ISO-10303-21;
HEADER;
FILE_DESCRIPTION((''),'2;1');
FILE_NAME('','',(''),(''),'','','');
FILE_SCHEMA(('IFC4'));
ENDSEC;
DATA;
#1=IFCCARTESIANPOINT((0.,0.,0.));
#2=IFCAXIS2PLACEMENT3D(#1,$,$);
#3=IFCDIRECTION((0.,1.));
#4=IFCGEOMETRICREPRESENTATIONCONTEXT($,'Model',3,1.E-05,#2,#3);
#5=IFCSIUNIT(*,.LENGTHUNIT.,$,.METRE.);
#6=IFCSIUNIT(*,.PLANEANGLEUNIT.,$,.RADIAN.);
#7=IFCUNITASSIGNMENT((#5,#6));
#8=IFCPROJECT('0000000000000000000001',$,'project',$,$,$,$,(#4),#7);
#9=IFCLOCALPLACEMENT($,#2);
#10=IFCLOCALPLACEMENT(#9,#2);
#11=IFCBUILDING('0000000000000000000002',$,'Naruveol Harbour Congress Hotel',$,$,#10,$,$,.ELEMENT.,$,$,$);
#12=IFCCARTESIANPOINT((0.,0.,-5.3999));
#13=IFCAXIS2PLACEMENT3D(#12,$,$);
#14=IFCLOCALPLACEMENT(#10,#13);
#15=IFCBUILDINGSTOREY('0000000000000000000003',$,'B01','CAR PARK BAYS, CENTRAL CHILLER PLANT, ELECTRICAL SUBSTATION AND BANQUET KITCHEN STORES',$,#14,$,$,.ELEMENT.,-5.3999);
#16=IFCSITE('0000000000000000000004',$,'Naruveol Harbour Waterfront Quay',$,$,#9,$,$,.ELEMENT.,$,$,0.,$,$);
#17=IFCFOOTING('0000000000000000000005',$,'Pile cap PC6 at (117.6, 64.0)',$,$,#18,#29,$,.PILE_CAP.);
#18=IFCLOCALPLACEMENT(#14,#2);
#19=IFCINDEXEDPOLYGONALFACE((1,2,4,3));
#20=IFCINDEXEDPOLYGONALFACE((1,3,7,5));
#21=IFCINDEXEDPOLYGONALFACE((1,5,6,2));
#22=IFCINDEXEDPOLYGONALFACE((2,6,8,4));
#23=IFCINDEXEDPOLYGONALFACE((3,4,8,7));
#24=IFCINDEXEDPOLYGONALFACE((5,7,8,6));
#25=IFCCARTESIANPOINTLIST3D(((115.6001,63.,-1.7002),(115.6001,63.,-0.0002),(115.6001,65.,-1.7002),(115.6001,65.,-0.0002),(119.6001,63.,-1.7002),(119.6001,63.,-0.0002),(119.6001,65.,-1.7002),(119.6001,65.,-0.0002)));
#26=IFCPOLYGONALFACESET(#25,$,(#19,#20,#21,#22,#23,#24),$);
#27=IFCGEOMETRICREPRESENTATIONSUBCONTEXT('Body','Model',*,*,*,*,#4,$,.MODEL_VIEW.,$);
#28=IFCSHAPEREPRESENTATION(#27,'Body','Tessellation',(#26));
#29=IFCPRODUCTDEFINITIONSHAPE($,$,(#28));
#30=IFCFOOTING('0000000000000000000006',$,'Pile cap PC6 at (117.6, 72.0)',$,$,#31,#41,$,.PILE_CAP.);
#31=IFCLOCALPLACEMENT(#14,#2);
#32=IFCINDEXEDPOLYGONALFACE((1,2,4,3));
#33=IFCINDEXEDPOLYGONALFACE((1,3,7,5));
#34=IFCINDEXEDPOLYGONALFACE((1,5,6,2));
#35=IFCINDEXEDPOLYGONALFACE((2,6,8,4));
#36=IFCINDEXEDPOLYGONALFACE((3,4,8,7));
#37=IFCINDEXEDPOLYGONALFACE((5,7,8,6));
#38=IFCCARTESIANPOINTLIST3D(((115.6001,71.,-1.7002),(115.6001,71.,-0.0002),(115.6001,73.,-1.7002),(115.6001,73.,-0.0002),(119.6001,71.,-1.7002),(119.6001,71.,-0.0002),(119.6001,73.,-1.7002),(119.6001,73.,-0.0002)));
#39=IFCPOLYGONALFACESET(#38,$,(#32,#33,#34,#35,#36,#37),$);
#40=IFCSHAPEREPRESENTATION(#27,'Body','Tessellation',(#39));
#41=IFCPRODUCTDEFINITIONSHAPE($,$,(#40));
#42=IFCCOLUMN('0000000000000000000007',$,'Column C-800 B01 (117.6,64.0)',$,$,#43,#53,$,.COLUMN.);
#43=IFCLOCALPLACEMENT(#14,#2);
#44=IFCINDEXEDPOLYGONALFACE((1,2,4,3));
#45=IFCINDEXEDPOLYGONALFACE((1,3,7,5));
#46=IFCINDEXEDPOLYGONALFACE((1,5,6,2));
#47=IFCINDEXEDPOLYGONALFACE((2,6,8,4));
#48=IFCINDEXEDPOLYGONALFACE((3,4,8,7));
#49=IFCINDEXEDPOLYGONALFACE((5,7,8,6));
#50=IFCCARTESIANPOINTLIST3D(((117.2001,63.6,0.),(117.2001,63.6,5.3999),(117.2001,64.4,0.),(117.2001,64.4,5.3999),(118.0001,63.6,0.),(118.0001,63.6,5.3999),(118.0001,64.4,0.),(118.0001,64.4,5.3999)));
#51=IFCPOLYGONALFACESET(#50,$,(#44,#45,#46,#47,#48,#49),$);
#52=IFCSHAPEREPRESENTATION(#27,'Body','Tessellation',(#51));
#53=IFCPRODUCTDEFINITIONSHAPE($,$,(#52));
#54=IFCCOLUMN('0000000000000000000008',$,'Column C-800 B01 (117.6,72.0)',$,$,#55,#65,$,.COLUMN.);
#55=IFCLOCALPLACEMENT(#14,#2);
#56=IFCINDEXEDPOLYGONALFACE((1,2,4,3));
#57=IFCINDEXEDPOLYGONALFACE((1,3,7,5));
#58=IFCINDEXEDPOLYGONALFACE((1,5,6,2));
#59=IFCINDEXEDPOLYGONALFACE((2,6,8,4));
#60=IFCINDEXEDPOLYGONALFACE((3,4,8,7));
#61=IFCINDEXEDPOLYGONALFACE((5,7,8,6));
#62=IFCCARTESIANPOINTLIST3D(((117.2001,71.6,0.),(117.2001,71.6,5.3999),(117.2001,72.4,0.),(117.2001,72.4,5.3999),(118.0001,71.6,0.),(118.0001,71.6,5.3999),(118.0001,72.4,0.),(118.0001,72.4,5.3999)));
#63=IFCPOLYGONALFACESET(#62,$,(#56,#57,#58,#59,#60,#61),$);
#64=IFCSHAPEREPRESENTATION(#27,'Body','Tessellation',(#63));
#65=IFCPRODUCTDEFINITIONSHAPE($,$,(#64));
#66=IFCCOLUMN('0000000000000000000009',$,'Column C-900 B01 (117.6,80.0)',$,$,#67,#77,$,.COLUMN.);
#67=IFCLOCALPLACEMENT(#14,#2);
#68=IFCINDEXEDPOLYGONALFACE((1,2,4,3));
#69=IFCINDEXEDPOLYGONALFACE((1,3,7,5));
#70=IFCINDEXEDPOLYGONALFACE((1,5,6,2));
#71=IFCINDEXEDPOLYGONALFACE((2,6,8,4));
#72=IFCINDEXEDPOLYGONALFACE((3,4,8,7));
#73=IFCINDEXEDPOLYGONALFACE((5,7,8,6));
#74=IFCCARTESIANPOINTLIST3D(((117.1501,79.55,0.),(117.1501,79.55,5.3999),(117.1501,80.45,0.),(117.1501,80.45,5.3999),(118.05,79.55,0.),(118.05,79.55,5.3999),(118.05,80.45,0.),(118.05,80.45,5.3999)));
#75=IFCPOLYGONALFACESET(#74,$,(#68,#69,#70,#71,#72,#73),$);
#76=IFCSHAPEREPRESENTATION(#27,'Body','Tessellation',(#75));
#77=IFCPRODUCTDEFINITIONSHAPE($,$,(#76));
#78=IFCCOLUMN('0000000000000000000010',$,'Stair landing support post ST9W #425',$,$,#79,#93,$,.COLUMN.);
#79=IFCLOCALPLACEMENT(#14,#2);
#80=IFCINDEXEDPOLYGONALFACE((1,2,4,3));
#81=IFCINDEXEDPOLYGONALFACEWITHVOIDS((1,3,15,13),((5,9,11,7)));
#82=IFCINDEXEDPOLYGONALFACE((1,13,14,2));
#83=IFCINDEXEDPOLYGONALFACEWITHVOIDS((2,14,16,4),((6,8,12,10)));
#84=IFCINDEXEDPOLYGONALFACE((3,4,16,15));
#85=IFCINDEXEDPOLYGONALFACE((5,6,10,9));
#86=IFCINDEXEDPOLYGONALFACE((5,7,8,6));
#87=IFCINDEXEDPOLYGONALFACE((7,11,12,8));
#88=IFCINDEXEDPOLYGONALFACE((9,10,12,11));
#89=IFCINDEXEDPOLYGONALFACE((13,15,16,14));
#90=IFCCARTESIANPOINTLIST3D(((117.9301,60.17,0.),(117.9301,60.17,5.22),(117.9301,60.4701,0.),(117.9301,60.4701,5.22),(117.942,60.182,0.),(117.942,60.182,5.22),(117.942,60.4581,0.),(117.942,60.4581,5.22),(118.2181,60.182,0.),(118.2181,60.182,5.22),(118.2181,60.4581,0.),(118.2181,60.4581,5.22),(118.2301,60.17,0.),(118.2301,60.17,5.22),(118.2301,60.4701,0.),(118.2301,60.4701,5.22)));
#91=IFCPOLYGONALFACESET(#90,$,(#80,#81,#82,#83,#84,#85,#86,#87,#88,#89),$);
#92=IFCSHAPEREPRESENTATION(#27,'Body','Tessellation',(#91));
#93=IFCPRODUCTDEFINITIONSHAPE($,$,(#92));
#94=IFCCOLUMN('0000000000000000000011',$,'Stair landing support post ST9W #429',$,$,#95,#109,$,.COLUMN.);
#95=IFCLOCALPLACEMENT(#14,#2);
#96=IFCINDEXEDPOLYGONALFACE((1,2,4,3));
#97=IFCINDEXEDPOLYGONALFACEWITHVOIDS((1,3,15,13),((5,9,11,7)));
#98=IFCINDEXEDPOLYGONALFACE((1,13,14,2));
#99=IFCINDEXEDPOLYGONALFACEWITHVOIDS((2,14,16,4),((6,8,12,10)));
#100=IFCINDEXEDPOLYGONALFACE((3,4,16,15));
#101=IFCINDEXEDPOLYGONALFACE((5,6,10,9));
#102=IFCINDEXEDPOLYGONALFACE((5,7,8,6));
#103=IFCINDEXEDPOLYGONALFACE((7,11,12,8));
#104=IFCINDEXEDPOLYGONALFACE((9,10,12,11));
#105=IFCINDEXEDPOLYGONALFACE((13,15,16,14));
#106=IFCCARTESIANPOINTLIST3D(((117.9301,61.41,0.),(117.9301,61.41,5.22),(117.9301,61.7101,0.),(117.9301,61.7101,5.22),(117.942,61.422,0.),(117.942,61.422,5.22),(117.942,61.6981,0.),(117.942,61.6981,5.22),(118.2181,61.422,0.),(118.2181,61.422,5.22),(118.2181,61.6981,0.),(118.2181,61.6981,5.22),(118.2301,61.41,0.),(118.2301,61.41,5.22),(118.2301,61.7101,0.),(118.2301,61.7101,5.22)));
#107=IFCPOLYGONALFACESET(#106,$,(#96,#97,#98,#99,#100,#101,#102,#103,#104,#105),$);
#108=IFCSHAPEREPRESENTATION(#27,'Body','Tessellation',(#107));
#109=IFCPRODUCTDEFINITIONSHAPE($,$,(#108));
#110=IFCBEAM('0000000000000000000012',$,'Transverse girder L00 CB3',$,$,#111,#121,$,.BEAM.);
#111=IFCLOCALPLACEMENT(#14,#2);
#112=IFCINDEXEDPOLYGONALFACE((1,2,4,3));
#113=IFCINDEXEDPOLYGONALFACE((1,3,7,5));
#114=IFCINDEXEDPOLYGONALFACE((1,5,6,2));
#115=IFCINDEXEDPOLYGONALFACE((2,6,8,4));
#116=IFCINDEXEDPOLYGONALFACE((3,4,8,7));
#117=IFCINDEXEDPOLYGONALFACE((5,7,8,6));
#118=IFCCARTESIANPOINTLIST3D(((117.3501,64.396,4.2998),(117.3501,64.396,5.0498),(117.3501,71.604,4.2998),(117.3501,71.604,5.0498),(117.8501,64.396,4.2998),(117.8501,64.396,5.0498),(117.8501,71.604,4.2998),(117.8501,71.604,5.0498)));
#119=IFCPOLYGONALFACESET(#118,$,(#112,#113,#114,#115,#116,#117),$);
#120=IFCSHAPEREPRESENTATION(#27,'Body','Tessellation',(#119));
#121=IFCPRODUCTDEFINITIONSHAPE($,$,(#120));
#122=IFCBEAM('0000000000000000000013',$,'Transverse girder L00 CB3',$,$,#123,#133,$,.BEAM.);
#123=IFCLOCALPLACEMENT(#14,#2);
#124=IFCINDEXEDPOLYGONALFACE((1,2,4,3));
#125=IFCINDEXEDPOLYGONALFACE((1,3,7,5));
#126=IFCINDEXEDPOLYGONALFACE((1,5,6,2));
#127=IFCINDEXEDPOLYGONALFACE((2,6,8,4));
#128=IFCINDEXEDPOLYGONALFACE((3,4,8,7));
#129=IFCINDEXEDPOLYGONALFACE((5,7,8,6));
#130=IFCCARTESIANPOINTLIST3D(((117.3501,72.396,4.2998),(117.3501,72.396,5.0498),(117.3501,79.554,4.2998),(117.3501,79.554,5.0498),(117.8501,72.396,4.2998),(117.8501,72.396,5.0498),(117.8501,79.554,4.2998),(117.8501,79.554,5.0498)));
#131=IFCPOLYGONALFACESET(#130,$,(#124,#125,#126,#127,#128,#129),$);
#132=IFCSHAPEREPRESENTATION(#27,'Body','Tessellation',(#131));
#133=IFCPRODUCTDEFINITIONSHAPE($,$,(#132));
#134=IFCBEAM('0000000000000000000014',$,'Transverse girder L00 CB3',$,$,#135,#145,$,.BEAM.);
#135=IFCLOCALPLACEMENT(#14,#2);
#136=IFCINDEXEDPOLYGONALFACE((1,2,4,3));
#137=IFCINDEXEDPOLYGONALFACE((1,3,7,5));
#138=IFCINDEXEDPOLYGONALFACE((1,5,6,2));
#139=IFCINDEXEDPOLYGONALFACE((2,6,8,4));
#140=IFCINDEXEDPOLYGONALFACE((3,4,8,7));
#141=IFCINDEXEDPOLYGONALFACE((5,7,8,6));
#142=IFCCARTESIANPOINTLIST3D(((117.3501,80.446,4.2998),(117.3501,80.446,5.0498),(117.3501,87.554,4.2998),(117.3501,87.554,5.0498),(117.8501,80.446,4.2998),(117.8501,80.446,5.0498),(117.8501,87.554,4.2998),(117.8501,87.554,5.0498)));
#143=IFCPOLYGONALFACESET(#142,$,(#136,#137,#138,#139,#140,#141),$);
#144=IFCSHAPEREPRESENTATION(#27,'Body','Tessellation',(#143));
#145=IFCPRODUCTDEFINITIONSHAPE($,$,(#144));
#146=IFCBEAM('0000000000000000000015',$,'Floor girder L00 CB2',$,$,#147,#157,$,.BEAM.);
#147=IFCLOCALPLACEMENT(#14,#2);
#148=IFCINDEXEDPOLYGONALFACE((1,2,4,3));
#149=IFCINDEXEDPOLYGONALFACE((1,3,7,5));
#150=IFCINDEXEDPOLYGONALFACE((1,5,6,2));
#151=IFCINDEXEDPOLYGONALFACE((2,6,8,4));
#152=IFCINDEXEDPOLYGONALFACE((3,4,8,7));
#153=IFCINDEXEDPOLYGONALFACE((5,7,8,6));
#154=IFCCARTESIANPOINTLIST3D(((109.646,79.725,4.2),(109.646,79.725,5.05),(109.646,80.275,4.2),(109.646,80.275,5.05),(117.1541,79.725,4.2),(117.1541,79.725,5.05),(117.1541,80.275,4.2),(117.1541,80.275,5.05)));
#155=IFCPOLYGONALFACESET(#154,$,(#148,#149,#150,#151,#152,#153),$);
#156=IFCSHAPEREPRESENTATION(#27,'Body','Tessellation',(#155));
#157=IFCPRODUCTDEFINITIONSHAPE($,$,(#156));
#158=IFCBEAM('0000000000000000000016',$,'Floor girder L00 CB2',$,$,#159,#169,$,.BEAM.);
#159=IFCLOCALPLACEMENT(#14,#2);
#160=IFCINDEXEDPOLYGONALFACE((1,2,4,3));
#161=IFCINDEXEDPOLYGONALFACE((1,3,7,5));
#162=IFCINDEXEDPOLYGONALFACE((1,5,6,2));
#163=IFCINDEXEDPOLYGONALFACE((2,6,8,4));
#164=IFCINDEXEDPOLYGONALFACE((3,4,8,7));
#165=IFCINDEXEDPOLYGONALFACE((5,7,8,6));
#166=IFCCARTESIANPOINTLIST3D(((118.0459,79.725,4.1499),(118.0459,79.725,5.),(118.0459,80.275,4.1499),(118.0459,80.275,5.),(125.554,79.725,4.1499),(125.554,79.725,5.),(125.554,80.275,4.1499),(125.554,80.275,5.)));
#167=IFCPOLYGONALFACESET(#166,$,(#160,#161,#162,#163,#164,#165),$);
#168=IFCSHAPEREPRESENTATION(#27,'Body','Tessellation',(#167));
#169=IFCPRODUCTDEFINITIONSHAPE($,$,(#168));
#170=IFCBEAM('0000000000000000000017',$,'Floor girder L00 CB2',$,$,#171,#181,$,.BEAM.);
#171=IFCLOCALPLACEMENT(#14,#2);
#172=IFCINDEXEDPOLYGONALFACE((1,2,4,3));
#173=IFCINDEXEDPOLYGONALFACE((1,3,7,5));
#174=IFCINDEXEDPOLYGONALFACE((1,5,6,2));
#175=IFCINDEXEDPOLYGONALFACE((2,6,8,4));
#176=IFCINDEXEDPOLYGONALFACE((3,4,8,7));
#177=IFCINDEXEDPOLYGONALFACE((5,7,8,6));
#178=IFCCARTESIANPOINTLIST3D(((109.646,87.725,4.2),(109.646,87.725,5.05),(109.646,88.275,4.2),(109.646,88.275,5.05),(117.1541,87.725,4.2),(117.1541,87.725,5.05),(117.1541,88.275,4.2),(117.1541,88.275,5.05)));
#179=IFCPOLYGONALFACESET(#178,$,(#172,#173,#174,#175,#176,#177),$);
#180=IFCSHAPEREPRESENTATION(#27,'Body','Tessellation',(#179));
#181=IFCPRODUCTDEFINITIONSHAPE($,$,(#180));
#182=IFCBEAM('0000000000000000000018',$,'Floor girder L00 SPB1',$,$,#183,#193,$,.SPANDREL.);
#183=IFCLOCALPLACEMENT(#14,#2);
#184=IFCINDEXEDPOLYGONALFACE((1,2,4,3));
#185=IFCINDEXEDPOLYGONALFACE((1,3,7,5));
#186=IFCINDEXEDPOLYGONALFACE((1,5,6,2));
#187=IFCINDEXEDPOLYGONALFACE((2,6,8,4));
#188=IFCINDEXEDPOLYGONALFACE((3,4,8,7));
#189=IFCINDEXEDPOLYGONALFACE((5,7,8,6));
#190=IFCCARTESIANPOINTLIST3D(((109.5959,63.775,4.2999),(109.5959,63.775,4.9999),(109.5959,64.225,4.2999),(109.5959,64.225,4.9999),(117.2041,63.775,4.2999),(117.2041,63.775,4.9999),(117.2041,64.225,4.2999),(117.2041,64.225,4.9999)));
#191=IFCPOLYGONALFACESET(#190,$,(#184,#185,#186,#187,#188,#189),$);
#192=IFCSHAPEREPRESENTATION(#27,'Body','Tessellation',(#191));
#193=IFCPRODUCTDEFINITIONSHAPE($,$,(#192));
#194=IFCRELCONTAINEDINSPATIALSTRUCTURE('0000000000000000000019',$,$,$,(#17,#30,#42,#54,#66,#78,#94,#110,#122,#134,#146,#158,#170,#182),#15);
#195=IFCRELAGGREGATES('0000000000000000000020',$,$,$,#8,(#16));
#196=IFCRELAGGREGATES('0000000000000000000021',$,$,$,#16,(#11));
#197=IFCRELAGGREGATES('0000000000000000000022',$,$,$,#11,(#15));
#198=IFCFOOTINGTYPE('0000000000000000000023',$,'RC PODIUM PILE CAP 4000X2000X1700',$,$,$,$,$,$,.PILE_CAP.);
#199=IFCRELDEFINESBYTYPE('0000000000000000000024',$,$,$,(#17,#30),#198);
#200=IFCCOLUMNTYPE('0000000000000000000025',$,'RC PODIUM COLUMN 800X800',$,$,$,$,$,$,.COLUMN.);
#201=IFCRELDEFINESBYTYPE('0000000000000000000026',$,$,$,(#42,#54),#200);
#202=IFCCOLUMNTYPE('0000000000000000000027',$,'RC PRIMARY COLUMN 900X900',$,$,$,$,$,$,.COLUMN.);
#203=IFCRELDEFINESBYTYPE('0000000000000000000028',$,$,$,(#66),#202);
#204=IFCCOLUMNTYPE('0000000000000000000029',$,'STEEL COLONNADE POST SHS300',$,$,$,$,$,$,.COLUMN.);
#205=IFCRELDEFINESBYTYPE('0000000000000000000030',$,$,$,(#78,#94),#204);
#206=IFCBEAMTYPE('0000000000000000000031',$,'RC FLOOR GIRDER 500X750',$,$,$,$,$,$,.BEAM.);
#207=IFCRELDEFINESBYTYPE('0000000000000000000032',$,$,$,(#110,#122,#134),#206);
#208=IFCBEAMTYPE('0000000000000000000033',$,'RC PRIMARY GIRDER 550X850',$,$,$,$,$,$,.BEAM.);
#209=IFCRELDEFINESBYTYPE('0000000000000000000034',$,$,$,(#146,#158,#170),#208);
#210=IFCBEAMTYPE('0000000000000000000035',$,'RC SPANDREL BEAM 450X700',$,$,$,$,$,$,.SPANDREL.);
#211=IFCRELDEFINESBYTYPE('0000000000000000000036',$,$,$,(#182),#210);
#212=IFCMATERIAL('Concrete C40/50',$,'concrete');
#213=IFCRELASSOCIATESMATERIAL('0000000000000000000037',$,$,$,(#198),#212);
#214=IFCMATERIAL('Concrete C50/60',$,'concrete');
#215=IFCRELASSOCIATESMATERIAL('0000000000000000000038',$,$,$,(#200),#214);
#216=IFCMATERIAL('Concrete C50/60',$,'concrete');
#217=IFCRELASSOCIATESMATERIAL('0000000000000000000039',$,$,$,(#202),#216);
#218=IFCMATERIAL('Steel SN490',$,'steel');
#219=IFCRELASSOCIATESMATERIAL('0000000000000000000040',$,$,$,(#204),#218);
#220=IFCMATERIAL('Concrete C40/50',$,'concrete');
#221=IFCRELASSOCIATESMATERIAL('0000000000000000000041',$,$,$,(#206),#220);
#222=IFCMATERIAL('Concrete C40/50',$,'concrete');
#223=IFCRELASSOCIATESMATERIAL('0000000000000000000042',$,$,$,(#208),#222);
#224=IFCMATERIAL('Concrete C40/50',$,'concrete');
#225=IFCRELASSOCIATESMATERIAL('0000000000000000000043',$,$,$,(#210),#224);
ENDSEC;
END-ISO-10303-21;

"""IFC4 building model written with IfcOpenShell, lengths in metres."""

from ifc_helpers import new_model, si_unit, direction, frame, origin, origin_2d, place, context, subcontext, project, spatial, rectangle, hollow_rectangle, extrude, material, material_profile, profile_set, type_object, element, save


model = new_model("IFC4")

# Units and contexts
model_context = context("Model", 3, precision=1e-05, world=origin(), true_north=direction((0.0, 1.0)))
body_context = subcontext(model_context, "Body", "Model", "MODEL_VIEW")
ifc_project = project(units=[si_unit("LENGTHUNIT", "METRE"), si_unit("PLANEANGLEUNIT", "RADIAN")], contexts=[model_context])

# Site, building, storey
site_placement = place(None, origin())
site = spatial("IfcSite", under=ifc_project, at=site_placement, Name="Naruveol Harbour Waterfront Quay", CompositionType="ELEMENT", RefElevation=0.0)
building_placement = place(site_placement, origin())
building = spatial("IfcBuilding", under=site, at=building_placement, Name="Naruveol Harbour Congress Hotel", CompositionType="ELEMENT")
storey_placement = place(building_placement, frame((0.0, 0.0, -5.3999)))
storey = spatial("IfcBuildingStorey", under=building, at=storey_placement, Name="B01", Description="CAR PARK BAYS, CENTRAL CHILLER PLANT, ELECTRICAL SUBSTATION AND BANQUET KITCHEN STORES", CompositionType="ELEMENT", Elevation=-5.3999)

# Footings
ifc_material_1 = material(Name="Concrete C40/50", Category="concrete")
footing_type_1 = type_object("IfcFootingType", Name="RC PODIUM PILE CAP 4000X2000X1700", PredefinedType="PILE_CAP", material=ifc_material_1)
for number, where, z_axis, x_axis, name in (
    (1, (117.6001, 64.0, -1.7002), (0.0, 0.0, 1.0), (1.0, 0.0, 0.0), "Pile cap PC6 at (117.6, 64.0)"),
    (2, (117.6001, 72.0, -1.7002), (0.0, 0.0, 1.0), (1.0, 0.0, 0.0), "Pile cap PC6 at (117.6, 72.0)"),
):
    element("IfcFooting", number, at=place(storey_placement, frame(where, z_axis=z_axis, x_axis=x_axis)), inside=storey, type_object=footing_type_1, Name=name, PredefinedType="PILE_CAP", context=body_context, shape_type="SweptSolid", body=[
        extrude(rectangle(XDim=4.0, YDim=2.0, at=origin_2d()), origin(), (0.0, 0.0, 1.0), 1.7),
    ])

# Columns
ifc_material_2 = material(Name="Concrete C50/60", Category="concrete")
ifc_material_profile_1 = material_profile(ifc_material_2, rectangle(XDim=0.8, YDim=0.8, at=origin_2d()), Name="RC-800x800")
ifc_profile_set_1 = profile_set([ifc_material_profile_1], Name="Concrete C50/60")
column_type_1 = type_object("IfcColumnType", Name="RC PODIUM COLUMN 800X800", PredefinedType="COLUMN", material=ifc_profile_set_1)
for number, where, z_axis, x_axis, name in (
    (3, (117.6001, 64.0, 0.0), (0.0, 0.0, 1.0), (1.0, 0.0, 0.0), "Column C-800 B01 (117.6,64.0)"),
    (4, (117.6001, 72.0, 0.0), (0.0, 0.0, 1.0), (1.0, 0.0, 0.0), "Column C-800 B01 (117.6,72.0)"),
):
    element("IfcColumn", number, at=place(storey_placement, frame(where, z_axis=z_axis, x_axis=x_axis)), inside=storey, type_object=column_type_1, Name=name, PredefinedType="COLUMN", context=body_context, shape_type="SweptSolid", body=[
        extrude(rectangle(XDim=0.8, YDim=0.8, at=origin_2d()), origin(), (0.0, 0.0, 1.0), 5.3999),
    ])
ifc_material_3 = material(Name="Concrete C50/60", Category="concrete")
ifc_material_profile_2 = material_profile(ifc_material_3, rectangle(XDim=0.8999, YDim=0.8999, at=origin_2d()), Name="RC-900x900")
ifc_profile_set_2 = profile_set([ifc_material_profile_2], Name="Concrete C50/60")
column_type_2 = type_object("IfcColumnType", Name="RC PRIMARY COLUMN 900X900", PredefinedType="COLUMN", material=ifc_profile_set_2)
column_placement = place(storey_placement, frame((117.6001, 80.0, 0.0), z_axis=(0.0, 0.0, 1.0), x_axis=(1.0, 0.0, 0.0)))
element("IfcColumn", 5, at=column_placement, inside=storey, type_object=column_type_2, Name="Column C-900 B01 (117.6,80.0)", PredefinedType="COLUMN", context=body_context, shape_type="SweptSolid", body=[
    extrude(rectangle(XDim=0.8999, YDim=0.8999, at=origin_2d()), origin(), (0.0, 0.0, 1.0), 5.3999),
])
ifc_material_4 = material(Name="Steel SN490", Category="steel")
ifc_material_profile_3 = material_profile(ifc_material_4, hollow_rectangle(XDim=0.3, YDim=0.3, WallThickness=0.012, at=origin_2d()), Name="SHS-300x300x12")
ifc_profile_set_3 = profile_set([ifc_material_profile_3], Name="Steel SN490")
column_type_3 = type_object("IfcColumnType", Name="STEEL COLONNADE POST SHS300", PredefinedType="COLUMN", material=ifc_profile_set_3)
for number, where, z_axis, x_axis, name in (
    (6, (118.0801, 60.3201, 0.0), (0.0, 0.0, 1.0), (1.0, 0.0, 0.0), "Stair landing support post ST9W #425"),
    (7, (118.0801, 61.5601, 0.0), (0.0, 0.0, 1.0), (1.0, 0.0, 0.0), "Stair landing support post ST9W #429"),
):
    element("IfcColumn", number, at=place(storey_placement, frame(where, z_axis=z_axis, x_axis=x_axis)), inside=storey, type_object=column_type_3, Name=name, PredefinedType="COLUMN", context=body_context, shape_type="SweptSolid", body=[
        extrude(hollow_rectangle(XDim=0.3, YDim=0.3, WallThickness=0.012, at=origin_2d()), origin(), (0.0, 0.0, 1.0), 5.22),
    ])

# Beams
ifc_material_5 = material(Name="Concrete C40/50", Category="concrete")
ifc_material_profile_4 = material_profile(ifc_material_5, rectangle(XDim=0.5, YDim=0.75, at=origin_2d()), Name="RCB-500x750")
ifc_profile_set_4 = profile_set([ifc_material_profile_4], Name="Concrete C40/50")
beam_type_1 = type_object("IfcBeamType", Name="RC FLOOR GIRDER 500X750", PredefinedType="BEAM", material=ifc_profile_set_4)
beam_1_placement = place(storey_placement, frame((117.6001, 64.396, 4.6748), z_axis=(0.0, 1.0, 0.0), x_axis=(-1.0, 0.0, 0.0)))
element("IfcBeam", 8, at=beam_1_placement, inside=storey, type_object=beam_type_1, Name="Transverse girder L00 CB3", PredefinedType="BEAM", context=body_context, shape_type="SweptSolid", body=[
    extrude(rectangle(XDim=0.5, YDim=0.75, at=origin_2d()), origin(), (0.0, 0.0, 1.0), 7.208),
])
beam_2_placement = place(storey_placement, frame((117.6001, 72.396, 4.6748), z_axis=(0.0, 1.0, 0.0), x_axis=(-1.0, 0.0, 0.0)))
element("IfcBeam", 9, at=beam_2_placement, inside=storey, type_object=beam_type_1, Name="Transverse girder L00 CB3", PredefinedType="BEAM", context=body_context, shape_type="SweptSolid", body=[
    extrude(rectangle(XDim=0.5, YDim=0.75, at=origin_2d()), origin(), (0.0, 0.0, 1.0), 7.158),
])
beam_3_placement = place(storey_placement, frame((117.6001, 80.446, 4.6748), z_axis=(0.0, 1.0, 0.0), x_axis=(-1.0, 0.0, 0.0)))
element("IfcBeam", 10, at=beam_3_placement, inside=storey, type_object=beam_type_1, Name="Transverse girder L00 CB3", PredefinedType="BEAM", context=body_context, shape_type="SweptSolid", body=[
    extrude(rectangle(XDim=0.5, YDim=0.75, at=origin_2d()), origin(), (0.0, 0.0, 1.0), 7.1079),
])
ifc_material_6 = material(Name="Concrete C40/50", Category="concrete")
ifc_material_profile_5 = material_profile(ifc_material_6, rectangle(XDim=0.55, YDim=0.8501, at=origin_2d()), Name="RCB-550x850")
ifc_profile_set_5 = profile_set([ifc_material_profile_5], Name="Concrete C40/50")
beam_type_2 = type_object("IfcBeamType", Name="RC PRIMARY GIRDER 550X850", PredefinedType="BEAM", material=ifc_profile_set_5)
for number, where, z_axis, x_axis, name in (
    (11, (109.646, 80.0, 4.625), (1.0, 0.0, 0.0), (0.0, 1.0, 0.0), "Floor girder L00 CB2"),
    (12, (118.0459, 80.0, 4.575), (1.0, 0.0, 0.0), (0.0, 1.0, 0.0), "Floor girder L00 CB2"),
    (13, (109.646, 88.0, 4.625), (1.0, 0.0, 0.0), (0.0, 1.0, 0.0), "Floor girder L00 CB2"),
):
    element("IfcBeam", number, at=place(storey_placement, frame(where, z_axis=z_axis, x_axis=x_axis)), inside=storey, type_object=beam_type_2, Name=name, PredefinedType="BEAM", context=body_context, shape_type="SweptSolid", body=[
        extrude(rectangle(XDim=0.55, YDim=0.8501, at=origin_2d()), origin(), (0.0, 0.0, 1.0), 7.5081),
    ])
ifc_material_7 = material(Name="Concrete C40/50", Category="concrete")
ifc_material_profile_6 = material_profile(ifc_material_7, rectangle(XDim=0.45, YDim=0.7, at=origin_2d()), Name="RCB-450x700")
ifc_profile_set_6 = profile_set([ifc_material_profile_6], Name="Concrete C40/50")
beam_type_3 = type_object("IfcBeamType", Name="RC SPANDREL BEAM 450X700", PredefinedType="SPANDREL", material=ifc_profile_set_6)
beam_4_placement = place(storey_placement, frame((109.5959, 64.0, 4.6499), z_axis=(1.0, 0.0, 0.0), x_axis=(0.0, 1.0, 0.0)))
element("IfcBeam", 14, at=beam_4_placement, inside=storey, type_object=beam_type_3, Name="Floor girder L00 SPB1", PredefinedType="SPANDREL", context=body_context, shape_type="SweptSolid", body=[
    extrude(rectangle(XDim=0.45, YDim=0.7, at=origin_2d()), origin(), (0.0, 0.0, 1.0), 7.6082),
])

save(model, "model.ifc")
